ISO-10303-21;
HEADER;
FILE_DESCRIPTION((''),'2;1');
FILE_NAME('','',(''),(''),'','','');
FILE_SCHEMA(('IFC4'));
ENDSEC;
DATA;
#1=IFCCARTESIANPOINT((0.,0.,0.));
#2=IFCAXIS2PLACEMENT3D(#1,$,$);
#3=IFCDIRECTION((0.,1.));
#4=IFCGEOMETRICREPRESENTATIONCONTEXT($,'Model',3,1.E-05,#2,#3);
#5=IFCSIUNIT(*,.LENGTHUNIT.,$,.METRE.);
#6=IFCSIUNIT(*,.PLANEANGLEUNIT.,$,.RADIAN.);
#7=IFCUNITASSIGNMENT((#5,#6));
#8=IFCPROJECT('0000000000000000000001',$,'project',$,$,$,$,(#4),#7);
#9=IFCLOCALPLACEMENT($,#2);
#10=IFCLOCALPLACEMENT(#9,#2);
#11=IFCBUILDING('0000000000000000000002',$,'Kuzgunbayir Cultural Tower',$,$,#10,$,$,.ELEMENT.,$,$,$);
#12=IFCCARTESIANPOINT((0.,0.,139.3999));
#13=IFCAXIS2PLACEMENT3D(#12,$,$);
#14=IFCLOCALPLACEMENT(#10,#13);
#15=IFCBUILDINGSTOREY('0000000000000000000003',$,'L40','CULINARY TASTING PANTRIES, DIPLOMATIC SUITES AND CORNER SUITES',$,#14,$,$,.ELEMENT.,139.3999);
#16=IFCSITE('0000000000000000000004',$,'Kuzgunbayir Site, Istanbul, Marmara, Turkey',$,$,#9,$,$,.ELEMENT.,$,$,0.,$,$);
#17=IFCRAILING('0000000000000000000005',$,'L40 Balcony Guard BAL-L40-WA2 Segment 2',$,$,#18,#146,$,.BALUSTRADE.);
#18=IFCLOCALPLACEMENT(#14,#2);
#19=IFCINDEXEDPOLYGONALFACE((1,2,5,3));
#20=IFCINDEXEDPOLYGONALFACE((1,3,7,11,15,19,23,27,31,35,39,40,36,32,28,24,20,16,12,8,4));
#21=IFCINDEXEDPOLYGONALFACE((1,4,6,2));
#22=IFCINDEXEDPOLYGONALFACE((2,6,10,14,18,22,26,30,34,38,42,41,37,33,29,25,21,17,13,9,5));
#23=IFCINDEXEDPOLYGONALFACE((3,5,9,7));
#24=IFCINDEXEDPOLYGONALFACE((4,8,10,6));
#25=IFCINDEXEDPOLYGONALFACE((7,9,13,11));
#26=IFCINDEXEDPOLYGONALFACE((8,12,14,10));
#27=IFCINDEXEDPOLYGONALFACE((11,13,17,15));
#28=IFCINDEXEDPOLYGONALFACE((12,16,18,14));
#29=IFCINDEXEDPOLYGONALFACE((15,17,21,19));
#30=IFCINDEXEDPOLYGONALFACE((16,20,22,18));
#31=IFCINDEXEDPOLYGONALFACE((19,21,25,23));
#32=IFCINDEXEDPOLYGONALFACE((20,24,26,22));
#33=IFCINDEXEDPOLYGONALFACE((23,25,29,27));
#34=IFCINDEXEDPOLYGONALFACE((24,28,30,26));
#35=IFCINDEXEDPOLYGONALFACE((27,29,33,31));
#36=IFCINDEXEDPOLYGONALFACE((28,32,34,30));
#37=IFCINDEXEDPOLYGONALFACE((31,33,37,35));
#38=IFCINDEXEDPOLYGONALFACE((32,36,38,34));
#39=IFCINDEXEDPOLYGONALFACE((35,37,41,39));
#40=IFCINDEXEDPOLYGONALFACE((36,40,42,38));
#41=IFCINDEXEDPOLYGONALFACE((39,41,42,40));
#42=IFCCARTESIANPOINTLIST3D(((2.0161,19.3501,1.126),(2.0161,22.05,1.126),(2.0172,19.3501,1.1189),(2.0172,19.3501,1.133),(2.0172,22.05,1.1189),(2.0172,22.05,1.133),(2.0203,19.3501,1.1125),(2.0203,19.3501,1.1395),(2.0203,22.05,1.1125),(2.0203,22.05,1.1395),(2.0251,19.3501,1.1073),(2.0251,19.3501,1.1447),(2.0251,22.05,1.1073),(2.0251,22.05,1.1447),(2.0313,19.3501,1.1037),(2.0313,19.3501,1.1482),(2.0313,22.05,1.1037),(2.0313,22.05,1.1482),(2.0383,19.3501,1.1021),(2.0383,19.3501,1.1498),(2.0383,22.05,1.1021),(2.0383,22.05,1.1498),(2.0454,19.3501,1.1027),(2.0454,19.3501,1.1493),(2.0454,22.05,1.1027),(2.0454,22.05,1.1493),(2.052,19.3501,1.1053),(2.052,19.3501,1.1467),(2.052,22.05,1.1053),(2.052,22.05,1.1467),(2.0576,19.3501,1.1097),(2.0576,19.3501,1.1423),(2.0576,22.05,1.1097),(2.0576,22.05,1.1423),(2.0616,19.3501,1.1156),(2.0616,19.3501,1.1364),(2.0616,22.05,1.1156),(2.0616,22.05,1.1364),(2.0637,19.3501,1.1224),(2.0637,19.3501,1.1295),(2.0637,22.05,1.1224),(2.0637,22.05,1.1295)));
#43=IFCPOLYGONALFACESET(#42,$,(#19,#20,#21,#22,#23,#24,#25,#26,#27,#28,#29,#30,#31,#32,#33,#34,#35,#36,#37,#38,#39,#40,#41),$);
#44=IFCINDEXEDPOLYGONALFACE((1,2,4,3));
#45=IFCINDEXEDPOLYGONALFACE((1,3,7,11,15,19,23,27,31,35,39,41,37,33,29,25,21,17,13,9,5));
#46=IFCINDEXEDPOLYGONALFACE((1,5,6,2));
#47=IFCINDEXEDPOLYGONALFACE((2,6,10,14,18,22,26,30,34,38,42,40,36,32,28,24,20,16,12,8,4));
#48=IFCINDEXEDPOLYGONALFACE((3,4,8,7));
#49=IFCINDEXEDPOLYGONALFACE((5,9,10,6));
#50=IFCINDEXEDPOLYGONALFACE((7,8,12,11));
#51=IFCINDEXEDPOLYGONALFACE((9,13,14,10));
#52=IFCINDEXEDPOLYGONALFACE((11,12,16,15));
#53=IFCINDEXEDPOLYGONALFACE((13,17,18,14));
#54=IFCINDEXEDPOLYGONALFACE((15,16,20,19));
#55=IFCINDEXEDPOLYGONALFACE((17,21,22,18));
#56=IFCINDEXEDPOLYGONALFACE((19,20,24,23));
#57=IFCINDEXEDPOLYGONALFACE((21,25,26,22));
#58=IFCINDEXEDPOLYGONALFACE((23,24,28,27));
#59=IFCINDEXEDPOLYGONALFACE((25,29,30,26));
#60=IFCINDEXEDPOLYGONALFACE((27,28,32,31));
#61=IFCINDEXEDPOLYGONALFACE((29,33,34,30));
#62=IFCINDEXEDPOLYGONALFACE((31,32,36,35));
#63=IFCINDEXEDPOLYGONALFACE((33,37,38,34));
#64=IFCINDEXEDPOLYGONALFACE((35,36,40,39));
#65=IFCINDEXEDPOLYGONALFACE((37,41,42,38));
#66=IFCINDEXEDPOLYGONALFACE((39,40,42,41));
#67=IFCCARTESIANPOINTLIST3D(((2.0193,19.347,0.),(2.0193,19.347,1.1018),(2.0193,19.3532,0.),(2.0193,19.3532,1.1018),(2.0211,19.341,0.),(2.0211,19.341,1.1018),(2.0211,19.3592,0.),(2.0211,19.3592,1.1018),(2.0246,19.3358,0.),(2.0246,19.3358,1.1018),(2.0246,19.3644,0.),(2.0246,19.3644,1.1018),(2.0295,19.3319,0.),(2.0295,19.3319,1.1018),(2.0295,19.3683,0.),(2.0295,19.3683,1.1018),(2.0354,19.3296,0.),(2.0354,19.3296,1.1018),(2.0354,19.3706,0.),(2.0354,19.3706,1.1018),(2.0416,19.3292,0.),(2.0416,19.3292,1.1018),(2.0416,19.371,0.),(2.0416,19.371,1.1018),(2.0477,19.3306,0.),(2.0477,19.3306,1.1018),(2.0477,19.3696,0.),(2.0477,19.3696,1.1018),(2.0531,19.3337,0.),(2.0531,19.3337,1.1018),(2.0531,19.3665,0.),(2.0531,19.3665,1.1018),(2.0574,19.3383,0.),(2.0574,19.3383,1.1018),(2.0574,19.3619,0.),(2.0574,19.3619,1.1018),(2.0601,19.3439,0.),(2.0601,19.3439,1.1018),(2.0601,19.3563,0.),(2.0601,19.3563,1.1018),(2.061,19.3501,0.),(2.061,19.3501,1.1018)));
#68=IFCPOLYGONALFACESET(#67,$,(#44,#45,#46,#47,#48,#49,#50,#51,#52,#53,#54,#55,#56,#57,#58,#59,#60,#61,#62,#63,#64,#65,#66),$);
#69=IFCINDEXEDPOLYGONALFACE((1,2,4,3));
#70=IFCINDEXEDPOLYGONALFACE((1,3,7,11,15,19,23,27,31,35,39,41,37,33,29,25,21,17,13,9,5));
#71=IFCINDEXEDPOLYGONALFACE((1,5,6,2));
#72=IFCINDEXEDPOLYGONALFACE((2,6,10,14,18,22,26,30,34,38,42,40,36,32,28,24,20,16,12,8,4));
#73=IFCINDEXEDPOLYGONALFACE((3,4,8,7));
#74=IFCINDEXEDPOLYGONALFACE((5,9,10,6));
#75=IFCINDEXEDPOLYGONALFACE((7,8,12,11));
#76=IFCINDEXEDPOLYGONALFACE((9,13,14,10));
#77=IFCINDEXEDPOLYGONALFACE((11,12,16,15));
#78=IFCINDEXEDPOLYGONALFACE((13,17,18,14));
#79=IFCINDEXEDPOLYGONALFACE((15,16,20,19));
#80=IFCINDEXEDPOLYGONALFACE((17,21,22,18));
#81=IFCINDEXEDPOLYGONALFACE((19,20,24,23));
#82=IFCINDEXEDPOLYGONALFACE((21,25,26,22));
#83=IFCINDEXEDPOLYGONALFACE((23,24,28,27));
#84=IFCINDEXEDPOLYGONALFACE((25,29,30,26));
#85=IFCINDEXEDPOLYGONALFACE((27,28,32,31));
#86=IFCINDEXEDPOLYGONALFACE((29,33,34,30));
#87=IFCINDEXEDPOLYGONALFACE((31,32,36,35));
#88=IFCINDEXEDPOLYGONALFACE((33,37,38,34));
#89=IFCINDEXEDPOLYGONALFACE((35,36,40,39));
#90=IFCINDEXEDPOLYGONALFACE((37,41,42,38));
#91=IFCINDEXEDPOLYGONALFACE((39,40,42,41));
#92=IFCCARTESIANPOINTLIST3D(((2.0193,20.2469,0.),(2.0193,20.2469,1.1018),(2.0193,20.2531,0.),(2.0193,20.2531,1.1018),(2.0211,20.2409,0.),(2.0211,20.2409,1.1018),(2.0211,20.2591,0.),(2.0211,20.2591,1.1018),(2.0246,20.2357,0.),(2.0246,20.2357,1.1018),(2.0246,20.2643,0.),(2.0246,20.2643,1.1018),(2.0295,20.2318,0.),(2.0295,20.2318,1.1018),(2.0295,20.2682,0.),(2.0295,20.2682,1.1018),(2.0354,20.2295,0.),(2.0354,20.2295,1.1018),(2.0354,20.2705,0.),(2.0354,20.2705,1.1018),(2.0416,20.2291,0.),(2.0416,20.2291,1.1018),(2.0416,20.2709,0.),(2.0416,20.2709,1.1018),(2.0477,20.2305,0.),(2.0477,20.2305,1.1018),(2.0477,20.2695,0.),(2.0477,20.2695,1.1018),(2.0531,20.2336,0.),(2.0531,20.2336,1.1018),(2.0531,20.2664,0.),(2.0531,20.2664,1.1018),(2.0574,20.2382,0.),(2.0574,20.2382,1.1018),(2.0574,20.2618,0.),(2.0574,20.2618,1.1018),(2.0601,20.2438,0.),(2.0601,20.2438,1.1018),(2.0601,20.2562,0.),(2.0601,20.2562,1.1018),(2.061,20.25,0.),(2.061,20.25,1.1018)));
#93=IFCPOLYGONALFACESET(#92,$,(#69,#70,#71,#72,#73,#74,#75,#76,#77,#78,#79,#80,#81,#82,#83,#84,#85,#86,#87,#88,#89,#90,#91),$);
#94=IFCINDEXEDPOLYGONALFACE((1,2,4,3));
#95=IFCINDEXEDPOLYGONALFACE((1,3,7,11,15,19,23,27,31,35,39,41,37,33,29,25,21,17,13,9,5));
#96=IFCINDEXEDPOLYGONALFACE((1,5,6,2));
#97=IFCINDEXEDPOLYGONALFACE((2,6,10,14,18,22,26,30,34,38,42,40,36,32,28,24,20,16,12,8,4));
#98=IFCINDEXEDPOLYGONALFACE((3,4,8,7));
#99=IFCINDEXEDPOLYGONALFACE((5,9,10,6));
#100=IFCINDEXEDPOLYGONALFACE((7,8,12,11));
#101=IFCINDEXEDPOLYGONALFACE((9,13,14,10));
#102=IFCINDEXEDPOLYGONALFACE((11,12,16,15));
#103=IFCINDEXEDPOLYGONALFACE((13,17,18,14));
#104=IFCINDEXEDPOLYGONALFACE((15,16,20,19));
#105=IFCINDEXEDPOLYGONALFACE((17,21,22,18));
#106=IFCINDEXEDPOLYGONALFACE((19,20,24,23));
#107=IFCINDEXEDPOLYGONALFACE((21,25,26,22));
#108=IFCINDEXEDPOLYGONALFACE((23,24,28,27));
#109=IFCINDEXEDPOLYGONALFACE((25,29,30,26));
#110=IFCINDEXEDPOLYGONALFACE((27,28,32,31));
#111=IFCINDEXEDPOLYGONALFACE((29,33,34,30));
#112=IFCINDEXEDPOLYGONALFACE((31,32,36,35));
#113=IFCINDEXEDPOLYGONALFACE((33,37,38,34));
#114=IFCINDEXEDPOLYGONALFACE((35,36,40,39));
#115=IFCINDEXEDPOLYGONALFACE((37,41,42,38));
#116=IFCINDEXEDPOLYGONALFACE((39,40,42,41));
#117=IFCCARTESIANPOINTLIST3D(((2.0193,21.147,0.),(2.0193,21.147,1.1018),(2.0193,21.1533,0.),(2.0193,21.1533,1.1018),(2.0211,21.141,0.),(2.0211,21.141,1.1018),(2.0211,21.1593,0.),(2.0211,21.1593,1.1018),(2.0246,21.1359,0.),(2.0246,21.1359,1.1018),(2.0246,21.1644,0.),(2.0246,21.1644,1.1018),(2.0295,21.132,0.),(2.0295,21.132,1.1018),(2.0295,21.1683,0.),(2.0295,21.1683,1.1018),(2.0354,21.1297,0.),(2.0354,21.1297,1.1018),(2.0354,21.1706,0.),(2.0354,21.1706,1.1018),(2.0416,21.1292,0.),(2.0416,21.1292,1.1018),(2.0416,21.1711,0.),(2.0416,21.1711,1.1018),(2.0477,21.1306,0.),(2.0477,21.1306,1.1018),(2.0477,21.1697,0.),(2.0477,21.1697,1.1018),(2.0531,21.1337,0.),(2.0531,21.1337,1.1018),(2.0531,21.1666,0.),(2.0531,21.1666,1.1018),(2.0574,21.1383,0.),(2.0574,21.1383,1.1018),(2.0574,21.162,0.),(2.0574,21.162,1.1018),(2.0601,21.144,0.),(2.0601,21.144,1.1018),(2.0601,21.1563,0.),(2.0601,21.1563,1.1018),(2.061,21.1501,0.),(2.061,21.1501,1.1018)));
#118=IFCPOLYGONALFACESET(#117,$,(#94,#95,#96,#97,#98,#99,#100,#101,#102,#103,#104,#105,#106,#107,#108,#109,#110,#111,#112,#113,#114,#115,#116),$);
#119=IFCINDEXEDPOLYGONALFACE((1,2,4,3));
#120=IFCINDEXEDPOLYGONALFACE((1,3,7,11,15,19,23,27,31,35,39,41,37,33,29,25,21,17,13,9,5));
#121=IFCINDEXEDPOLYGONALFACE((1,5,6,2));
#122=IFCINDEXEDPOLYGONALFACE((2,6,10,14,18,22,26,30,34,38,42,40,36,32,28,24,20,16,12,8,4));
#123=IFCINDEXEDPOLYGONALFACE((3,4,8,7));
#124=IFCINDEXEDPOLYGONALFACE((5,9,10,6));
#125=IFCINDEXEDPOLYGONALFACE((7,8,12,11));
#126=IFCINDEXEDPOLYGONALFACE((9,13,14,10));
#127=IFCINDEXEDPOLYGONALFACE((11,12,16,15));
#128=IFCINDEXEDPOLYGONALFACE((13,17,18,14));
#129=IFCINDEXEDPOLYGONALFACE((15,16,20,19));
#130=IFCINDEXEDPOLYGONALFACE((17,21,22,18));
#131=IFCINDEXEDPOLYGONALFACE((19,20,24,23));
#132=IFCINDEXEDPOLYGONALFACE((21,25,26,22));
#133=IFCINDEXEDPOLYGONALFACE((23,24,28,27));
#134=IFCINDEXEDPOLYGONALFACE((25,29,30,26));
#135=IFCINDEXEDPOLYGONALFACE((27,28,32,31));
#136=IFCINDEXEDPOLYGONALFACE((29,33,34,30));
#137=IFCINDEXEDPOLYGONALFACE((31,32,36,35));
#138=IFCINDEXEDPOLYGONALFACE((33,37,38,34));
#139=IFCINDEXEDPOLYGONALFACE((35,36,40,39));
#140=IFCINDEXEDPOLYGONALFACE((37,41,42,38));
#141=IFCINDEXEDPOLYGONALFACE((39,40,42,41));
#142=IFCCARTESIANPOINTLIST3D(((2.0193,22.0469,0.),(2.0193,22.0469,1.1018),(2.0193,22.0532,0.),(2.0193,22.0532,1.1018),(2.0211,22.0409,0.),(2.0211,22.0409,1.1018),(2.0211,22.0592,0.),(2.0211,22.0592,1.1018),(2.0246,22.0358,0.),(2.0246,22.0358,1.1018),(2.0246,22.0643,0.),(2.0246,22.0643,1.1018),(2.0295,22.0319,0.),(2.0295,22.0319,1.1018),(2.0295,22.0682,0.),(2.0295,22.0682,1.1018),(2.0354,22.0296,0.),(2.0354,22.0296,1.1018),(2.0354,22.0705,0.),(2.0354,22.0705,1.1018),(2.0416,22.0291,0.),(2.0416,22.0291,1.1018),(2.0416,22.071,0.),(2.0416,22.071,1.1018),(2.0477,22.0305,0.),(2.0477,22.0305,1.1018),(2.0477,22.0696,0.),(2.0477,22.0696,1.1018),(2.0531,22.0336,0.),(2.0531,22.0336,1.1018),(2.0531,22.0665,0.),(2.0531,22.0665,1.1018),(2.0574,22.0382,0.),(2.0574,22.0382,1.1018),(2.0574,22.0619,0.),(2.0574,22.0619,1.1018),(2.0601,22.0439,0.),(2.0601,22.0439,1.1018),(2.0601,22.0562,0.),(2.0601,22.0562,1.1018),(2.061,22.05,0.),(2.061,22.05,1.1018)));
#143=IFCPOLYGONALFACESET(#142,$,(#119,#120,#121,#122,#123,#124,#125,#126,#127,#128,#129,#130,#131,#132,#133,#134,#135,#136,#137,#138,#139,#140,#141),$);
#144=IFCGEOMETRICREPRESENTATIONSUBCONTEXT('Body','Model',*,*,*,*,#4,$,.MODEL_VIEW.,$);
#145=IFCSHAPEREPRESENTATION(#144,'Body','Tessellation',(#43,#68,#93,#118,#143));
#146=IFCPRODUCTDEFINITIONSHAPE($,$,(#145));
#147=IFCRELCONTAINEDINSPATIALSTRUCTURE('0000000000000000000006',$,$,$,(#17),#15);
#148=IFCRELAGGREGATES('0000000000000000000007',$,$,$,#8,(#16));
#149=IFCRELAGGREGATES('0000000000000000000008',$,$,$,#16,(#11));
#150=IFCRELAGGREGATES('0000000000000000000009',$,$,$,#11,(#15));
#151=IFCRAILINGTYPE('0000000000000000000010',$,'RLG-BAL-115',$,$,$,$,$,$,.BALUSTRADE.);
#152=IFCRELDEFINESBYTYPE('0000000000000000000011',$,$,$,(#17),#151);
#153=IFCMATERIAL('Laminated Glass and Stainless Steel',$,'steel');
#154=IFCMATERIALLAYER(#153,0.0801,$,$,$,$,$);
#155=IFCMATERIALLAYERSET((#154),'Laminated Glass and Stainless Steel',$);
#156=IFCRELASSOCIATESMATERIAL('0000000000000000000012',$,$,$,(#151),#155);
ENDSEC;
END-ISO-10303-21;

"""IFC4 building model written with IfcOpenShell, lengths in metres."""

from ifc_helpers import new_model, si_unit, direction, frame, origin, origin_2d, place, context, subcontext, project, spatial, circle, extrude, material, layer, layer_set, type_object, element, save


model = new_model("IFC4")

# Units and contexts
model_context = context("Model", 3, precision=1e-05, world=origin(), true_north=direction((0.0, 1.0)))
body_context = subcontext(model_context, "Body", "Model", "MODEL_VIEW")
ifc_project = project(units=[si_unit("LENGTHUNIT", "METRE"), si_unit("PLANEANGLEUNIT", "RADIAN")], contexts=[model_context])

# Site, building, storey
site_placement = place(None, origin())
site = spatial("IfcSite", under=ifc_project, at=site_placement, Name="Kuzgunbayir Site, Istanbul, Marmara, Turkey", CompositionType="ELEMENT", RefElevation=0.0)
building_placement = place(site_placement, origin())
building = spatial("IfcBuilding", under=site, at=building_placement, Name="Kuzgunbayir Cultural Tower", CompositionType="ELEMENT")
storey_placement = place(building_placement, frame((0.0, 0.0, 139.3999)))
storey = spatial("IfcBuildingStorey", under=building, at=storey_placement, Name="L40", Description="CULINARY TASTING PANTRIES, DIPLOMATIC SUITES AND CORNER SUITES", CompositionType="ELEMENT", Elevation=139.3999)

# Railing
ifc_material_1 = material(Name="Laminated Glass and Stainless Steel", Category="steel")
ifc_layer_1 = layer(ifc_material_1, 0.0801)
ifc_layer_set_1 = layer_set([ifc_layer_1], Name="Laminated Glass and Stainless Steel")
railing_type = type_object("IfcRailingType", Name="RLG-BAL-115", PredefinedType="BALUSTRADE", material=ifc_layer_set_1)
railing_1_placement = place(storey_placement, frame((2.04, 19.3501, 0.0)))
element("IfcRailing", 1, at=railing_1_placement, inside=storey, type_object=railing_type, Name="L40 Balcony Guard BAL-L40-WA2 Segment 2", PredefinedType="BALUSTRADE", context=body_context, shape_type="SweptSolid", body=[
    extrude(circle(Radius=0.0239, at=origin_2d()), frame((0.0, 0.0, 1.126), z_axis=(0.0, 1.0, 0.0), x_axis=(-1.0, 0.0, 0.0)), (0.0, 0.0, 1.0), 2.7),
    extrude(circle(Radius=0.021, at=origin_2d()), origin(), (0.0, 0.0, 1.0), 1.1018),
    extrude(circle(Radius=0.021, at=origin_2d()), frame((0.0, 0.8999, 0.0)), (0.0, 0.0, 1.0), 1.1018),
    extrude(circle(Radius=0.021, at=origin_2d()), frame((0.0, 1.8, 0.0)), (0.0, 0.0, 1.0), 1.1018),
    extrude(circle(Radius=0.021, at=origin_2d()), frame((0.0, 2.7, 0.0)), (0.0, 0.0, 1.0), 1.1018),
])

save(model, "model.ifc")
